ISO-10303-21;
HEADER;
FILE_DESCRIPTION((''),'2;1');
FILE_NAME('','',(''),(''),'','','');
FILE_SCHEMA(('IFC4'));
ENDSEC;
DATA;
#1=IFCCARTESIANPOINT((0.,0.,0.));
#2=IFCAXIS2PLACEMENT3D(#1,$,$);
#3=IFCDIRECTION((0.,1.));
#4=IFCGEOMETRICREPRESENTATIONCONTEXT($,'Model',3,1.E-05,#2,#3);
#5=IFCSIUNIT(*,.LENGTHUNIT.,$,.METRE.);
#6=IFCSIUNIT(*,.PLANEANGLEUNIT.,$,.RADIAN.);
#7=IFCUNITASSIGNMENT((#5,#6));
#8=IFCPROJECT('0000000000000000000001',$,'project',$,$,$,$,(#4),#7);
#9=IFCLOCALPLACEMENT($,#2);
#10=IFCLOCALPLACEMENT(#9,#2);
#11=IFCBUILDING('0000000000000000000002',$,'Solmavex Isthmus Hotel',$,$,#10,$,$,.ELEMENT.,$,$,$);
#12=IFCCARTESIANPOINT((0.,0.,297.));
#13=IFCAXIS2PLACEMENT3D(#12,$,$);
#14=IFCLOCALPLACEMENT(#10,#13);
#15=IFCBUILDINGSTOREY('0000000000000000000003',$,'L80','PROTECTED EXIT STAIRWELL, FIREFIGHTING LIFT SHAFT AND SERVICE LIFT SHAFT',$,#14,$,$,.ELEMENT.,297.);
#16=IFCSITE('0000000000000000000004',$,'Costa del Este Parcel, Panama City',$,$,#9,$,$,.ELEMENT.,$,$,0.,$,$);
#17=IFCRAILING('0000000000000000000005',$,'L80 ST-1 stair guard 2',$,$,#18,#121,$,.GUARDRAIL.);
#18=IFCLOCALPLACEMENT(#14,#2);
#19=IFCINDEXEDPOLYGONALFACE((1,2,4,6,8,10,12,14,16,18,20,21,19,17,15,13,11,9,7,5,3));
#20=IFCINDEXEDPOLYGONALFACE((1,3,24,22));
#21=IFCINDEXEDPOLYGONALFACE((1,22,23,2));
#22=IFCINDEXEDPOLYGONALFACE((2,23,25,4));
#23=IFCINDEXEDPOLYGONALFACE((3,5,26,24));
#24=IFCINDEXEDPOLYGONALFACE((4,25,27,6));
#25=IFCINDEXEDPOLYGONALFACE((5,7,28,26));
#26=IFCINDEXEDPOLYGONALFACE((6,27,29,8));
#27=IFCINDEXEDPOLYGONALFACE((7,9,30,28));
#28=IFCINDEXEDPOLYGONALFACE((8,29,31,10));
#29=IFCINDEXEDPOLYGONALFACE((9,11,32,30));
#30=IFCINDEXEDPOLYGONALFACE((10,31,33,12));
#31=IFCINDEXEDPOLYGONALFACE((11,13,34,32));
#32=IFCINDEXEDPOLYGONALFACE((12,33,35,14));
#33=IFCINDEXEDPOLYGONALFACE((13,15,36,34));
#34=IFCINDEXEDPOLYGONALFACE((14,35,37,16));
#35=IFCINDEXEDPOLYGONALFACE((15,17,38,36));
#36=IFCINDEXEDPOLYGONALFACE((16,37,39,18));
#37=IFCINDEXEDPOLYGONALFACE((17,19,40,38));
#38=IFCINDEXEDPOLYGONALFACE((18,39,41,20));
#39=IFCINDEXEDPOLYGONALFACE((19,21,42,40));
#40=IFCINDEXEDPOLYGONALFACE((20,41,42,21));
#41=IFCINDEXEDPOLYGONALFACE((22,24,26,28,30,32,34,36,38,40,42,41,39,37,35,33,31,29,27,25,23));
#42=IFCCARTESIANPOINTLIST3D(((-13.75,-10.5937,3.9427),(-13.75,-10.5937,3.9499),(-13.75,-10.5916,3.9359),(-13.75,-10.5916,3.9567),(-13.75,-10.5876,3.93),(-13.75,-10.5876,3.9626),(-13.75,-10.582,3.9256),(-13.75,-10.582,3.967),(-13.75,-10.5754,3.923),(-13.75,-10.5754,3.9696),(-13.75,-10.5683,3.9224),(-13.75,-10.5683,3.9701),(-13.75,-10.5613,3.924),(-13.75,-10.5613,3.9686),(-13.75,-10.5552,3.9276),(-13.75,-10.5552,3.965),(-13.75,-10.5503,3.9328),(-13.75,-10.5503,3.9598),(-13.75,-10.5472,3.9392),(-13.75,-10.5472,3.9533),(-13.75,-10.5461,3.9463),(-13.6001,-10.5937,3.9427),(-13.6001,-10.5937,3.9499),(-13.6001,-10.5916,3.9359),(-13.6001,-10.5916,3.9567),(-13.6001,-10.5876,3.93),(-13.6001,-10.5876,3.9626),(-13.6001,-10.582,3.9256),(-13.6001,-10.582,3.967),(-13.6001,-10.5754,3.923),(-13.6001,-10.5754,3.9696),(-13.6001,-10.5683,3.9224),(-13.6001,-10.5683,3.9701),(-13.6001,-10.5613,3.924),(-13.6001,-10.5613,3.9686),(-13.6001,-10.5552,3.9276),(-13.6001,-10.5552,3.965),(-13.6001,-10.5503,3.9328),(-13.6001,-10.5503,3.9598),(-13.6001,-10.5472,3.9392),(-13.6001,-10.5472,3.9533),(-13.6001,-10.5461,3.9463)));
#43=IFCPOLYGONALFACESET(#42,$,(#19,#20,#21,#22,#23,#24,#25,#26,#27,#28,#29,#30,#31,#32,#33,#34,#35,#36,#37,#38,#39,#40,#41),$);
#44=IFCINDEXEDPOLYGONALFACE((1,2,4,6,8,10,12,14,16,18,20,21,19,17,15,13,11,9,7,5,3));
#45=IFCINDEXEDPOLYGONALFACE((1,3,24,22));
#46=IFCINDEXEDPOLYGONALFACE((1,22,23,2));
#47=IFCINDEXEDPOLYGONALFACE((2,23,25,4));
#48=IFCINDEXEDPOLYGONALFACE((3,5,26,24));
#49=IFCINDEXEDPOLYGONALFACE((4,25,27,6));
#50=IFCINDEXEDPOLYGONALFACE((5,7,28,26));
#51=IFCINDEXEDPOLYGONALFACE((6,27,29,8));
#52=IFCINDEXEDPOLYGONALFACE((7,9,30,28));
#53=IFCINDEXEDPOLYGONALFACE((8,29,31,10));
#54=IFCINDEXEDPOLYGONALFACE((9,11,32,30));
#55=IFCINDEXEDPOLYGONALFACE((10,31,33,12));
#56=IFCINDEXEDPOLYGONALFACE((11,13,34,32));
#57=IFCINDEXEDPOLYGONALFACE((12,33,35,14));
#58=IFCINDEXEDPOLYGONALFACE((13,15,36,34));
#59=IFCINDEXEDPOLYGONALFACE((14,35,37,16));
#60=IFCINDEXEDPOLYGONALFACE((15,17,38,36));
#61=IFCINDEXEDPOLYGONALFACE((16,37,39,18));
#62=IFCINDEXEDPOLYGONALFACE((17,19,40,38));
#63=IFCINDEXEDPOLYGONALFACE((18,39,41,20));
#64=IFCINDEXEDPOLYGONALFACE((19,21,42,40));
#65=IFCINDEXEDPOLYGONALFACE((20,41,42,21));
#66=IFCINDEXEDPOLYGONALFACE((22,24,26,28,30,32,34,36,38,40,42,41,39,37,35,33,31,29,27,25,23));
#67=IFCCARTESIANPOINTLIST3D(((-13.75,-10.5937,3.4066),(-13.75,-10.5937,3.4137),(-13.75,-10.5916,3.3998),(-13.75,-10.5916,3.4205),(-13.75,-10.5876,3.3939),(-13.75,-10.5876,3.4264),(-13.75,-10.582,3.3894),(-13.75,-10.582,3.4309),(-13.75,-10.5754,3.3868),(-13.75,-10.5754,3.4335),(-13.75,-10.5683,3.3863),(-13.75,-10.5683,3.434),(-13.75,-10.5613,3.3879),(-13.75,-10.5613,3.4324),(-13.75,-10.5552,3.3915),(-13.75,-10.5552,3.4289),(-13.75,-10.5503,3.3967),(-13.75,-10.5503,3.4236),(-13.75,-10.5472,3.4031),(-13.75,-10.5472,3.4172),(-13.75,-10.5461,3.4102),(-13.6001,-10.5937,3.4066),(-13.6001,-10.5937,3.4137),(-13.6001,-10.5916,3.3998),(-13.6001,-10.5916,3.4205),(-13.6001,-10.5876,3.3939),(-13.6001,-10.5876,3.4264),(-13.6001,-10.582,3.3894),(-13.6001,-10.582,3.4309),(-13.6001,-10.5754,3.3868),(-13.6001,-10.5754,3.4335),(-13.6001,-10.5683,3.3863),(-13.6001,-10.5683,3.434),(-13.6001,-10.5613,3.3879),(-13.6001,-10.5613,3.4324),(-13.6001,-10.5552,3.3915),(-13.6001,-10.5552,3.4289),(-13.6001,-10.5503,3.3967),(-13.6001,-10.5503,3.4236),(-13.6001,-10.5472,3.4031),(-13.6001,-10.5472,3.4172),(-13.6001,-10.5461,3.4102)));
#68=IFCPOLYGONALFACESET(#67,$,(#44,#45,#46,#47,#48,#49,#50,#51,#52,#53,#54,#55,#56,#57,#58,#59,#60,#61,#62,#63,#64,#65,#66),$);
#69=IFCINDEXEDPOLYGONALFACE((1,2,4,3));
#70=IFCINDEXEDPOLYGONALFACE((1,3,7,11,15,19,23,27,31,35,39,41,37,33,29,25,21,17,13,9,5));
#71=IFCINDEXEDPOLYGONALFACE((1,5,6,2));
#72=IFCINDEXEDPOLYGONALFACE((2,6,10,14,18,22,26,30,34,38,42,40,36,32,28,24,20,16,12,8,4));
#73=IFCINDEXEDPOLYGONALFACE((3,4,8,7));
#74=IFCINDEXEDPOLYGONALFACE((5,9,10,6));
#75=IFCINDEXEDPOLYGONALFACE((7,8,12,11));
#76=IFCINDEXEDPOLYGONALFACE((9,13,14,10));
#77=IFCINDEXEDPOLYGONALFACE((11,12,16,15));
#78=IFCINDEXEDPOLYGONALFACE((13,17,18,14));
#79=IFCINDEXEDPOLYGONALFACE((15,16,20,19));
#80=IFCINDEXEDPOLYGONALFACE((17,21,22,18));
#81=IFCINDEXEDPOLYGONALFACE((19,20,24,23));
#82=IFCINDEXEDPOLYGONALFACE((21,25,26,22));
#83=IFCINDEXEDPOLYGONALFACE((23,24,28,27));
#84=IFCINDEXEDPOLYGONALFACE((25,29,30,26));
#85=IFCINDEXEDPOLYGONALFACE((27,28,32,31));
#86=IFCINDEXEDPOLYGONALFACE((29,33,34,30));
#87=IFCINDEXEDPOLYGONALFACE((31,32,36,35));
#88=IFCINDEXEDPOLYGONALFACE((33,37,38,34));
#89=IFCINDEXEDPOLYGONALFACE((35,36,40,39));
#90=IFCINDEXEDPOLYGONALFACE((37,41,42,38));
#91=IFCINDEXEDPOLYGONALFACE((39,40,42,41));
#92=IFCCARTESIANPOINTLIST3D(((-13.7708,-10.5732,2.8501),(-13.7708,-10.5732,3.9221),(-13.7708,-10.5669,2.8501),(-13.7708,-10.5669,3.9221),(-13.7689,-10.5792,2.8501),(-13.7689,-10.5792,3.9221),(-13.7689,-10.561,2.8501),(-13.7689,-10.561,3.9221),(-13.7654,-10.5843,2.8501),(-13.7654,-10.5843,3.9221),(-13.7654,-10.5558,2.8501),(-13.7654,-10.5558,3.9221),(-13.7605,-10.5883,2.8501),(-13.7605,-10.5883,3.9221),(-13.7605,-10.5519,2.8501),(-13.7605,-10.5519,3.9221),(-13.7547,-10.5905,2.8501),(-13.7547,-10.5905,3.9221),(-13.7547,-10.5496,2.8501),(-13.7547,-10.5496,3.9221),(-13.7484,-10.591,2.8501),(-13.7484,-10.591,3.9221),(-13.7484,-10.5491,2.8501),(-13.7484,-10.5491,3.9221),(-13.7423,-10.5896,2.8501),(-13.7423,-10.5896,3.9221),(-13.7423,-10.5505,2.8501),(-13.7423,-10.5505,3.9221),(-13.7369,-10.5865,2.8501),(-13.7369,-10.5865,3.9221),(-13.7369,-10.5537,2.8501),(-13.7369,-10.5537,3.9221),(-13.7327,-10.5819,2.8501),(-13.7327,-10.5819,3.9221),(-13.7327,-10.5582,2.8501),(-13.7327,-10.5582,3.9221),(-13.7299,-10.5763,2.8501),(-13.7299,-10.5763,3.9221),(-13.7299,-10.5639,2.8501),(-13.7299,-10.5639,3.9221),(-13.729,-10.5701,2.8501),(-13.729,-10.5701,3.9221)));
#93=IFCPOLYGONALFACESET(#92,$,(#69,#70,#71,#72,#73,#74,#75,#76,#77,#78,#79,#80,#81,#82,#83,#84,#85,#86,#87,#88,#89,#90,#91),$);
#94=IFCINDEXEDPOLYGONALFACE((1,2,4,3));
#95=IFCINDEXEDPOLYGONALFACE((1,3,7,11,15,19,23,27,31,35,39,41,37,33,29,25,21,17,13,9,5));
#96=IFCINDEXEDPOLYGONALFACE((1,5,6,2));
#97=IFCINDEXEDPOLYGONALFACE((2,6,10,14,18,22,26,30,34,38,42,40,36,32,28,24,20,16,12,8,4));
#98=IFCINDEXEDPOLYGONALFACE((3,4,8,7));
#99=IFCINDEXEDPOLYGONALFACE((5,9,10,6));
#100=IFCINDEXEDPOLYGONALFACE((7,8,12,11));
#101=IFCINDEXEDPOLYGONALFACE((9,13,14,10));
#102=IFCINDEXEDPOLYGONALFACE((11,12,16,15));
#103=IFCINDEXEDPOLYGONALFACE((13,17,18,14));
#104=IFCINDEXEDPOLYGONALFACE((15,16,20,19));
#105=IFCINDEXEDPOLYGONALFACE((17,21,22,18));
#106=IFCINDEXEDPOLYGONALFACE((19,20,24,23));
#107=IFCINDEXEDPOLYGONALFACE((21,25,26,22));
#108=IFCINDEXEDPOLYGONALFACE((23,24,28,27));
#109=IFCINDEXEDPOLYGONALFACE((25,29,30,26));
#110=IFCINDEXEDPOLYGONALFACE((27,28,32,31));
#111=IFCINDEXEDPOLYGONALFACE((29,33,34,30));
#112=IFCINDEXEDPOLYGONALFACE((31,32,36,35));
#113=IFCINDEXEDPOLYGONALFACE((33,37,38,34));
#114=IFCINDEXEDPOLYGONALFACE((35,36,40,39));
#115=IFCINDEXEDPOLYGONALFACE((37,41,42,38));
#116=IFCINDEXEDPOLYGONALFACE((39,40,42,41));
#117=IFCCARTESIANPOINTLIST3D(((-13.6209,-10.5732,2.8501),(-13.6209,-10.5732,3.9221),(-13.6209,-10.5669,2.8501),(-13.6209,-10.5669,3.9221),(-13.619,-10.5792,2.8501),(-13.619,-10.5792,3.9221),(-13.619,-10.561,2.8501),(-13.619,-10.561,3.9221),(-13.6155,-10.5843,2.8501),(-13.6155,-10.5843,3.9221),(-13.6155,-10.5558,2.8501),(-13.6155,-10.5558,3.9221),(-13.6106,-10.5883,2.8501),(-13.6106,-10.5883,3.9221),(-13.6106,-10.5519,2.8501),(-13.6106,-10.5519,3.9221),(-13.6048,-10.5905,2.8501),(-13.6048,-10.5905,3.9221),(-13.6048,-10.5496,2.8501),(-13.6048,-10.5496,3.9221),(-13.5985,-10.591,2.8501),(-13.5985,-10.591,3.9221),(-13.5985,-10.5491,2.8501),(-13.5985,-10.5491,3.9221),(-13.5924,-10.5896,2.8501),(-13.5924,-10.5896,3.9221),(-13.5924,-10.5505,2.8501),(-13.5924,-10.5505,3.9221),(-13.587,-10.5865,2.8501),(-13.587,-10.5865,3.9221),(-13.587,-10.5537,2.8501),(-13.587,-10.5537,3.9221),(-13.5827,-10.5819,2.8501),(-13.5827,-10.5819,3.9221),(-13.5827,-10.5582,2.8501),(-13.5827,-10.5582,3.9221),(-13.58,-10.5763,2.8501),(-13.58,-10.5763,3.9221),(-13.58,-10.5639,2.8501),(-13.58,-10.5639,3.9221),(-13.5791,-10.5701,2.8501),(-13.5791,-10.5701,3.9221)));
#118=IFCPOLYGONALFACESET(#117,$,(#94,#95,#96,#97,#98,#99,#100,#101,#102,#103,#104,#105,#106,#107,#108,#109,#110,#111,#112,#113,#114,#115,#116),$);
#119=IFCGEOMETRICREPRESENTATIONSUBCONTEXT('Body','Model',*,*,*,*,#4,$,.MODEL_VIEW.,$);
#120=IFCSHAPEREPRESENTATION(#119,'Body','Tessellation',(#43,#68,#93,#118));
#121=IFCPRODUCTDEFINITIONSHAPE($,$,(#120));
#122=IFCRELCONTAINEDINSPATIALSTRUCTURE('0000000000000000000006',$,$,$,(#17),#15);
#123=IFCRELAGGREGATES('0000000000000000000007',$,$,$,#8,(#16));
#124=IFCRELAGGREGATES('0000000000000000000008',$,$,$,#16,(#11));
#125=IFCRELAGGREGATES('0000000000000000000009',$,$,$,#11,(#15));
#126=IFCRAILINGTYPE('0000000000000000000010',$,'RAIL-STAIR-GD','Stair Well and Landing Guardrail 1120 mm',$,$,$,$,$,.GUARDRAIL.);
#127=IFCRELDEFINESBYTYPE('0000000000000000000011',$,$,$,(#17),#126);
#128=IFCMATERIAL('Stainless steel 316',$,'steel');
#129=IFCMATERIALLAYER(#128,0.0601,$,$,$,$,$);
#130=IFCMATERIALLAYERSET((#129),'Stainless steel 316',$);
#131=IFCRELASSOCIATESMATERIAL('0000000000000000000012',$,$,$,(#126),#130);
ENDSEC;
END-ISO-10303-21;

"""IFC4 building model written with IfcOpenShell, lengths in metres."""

from ifc_helpers import new_model, si_unit, direction, frame, origin, origin_2d, place, context, subcontext, project, spatial, circle, extrude, material, layer, layer_set, type_object, element, save


model = new_model("IFC4")

# Units and contexts
model_context = context("Model", 3, precision=1e-05, world=origin(), true_north=direction((0.0, 1.0)))
body_context = subcontext(model_context, "Body", "Model", "MODEL_VIEW")
ifc_project = project(units=[si_unit("LENGTHUNIT", "METRE"), si_unit("PLANEANGLEUNIT", "RADIAN")], contexts=[model_context])

# Site, building, storey
site_placement = place(None, origin())
site = spatial("IfcSite", under=ifc_project, at=site_placement, Name="Costa del Este Parcel, Panama City", CompositionType="ELEMENT", RefElevation=0.0)
building_placement = place(site_placement, origin())
building = spatial("IfcBuilding", under=site, at=building_placement, Name="Solmavex Isthmus Hotel", CompositionType="ELEMENT")
storey_placement = place(building_placement, frame((0.0, 0.0, 297.0)))
storey = spatial("IfcBuildingStorey", under=building, at=storey_placement, Name="L80", Description="PROTECTED EXIT STAIRWELL, FIREFIGHTING LIFT SHAFT AND SERVICE LIFT SHAFT", CompositionType="ELEMENT", Elevation=297.0)

# Shared definitions
ifc_material_1 = material(Name="Stainless steel 316", Category="steel")

# Railing
ifc_layer_1 = layer(ifc_material_1, 0.0601)
ifc_layer_set_1 = layer_set([ifc_layer_1], Name="Stainless steel 316")
railing_type_1 = type_object("IfcRailingType", Name="RAIL-STAIR-GD", Description="Stair Well and Landing Guardrail 1120 mm", PredefinedType="GUARDRAIL", material=ifc_layer_set_1)
railing_1_placement = place(storey_placement, frame((-13.75, -10.5701, 2.8501)))
element("IfcRailing", 1, at=railing_1_placement, inside=storey, type_object=railing_type_1, Name="L80 ST-1 stair guard 2", PredefinedType="GUARDRAIL", context=body_context, shape_type="SweptSolid", body=[
    extrude(circle(Radius=0.0239, at=origin_2d()), frame((0.0, 0.0, 1.0962), z_axis=(1.0, 0.0, 0.0), x_axis=(0.0, 1.0, 0.0)), (0.0, 0.0, 1.0), 0.1499),
    extrude(circle(Radius=0.0239, at=origin_2d()), frame((0.0, 0.0, 0.5601), z_axis=(1.0, 0.0, 0.0), x_axis=(0.0, 1.0, 0.0)), (0.0, 0.0, 1.0), 0.1499),
    extrude(circle(Radius=0.021, at=origin_2d()), origin(), (0.0, 0.0, 1.0), 1.072),
    extrude(circle(Radius=0.021, at=origin_2d()), frame((0.1499, 0.0, 0.0)), (0.0, 0.0, 1.0), 1.072),
])

save(model, "model.ifc")
